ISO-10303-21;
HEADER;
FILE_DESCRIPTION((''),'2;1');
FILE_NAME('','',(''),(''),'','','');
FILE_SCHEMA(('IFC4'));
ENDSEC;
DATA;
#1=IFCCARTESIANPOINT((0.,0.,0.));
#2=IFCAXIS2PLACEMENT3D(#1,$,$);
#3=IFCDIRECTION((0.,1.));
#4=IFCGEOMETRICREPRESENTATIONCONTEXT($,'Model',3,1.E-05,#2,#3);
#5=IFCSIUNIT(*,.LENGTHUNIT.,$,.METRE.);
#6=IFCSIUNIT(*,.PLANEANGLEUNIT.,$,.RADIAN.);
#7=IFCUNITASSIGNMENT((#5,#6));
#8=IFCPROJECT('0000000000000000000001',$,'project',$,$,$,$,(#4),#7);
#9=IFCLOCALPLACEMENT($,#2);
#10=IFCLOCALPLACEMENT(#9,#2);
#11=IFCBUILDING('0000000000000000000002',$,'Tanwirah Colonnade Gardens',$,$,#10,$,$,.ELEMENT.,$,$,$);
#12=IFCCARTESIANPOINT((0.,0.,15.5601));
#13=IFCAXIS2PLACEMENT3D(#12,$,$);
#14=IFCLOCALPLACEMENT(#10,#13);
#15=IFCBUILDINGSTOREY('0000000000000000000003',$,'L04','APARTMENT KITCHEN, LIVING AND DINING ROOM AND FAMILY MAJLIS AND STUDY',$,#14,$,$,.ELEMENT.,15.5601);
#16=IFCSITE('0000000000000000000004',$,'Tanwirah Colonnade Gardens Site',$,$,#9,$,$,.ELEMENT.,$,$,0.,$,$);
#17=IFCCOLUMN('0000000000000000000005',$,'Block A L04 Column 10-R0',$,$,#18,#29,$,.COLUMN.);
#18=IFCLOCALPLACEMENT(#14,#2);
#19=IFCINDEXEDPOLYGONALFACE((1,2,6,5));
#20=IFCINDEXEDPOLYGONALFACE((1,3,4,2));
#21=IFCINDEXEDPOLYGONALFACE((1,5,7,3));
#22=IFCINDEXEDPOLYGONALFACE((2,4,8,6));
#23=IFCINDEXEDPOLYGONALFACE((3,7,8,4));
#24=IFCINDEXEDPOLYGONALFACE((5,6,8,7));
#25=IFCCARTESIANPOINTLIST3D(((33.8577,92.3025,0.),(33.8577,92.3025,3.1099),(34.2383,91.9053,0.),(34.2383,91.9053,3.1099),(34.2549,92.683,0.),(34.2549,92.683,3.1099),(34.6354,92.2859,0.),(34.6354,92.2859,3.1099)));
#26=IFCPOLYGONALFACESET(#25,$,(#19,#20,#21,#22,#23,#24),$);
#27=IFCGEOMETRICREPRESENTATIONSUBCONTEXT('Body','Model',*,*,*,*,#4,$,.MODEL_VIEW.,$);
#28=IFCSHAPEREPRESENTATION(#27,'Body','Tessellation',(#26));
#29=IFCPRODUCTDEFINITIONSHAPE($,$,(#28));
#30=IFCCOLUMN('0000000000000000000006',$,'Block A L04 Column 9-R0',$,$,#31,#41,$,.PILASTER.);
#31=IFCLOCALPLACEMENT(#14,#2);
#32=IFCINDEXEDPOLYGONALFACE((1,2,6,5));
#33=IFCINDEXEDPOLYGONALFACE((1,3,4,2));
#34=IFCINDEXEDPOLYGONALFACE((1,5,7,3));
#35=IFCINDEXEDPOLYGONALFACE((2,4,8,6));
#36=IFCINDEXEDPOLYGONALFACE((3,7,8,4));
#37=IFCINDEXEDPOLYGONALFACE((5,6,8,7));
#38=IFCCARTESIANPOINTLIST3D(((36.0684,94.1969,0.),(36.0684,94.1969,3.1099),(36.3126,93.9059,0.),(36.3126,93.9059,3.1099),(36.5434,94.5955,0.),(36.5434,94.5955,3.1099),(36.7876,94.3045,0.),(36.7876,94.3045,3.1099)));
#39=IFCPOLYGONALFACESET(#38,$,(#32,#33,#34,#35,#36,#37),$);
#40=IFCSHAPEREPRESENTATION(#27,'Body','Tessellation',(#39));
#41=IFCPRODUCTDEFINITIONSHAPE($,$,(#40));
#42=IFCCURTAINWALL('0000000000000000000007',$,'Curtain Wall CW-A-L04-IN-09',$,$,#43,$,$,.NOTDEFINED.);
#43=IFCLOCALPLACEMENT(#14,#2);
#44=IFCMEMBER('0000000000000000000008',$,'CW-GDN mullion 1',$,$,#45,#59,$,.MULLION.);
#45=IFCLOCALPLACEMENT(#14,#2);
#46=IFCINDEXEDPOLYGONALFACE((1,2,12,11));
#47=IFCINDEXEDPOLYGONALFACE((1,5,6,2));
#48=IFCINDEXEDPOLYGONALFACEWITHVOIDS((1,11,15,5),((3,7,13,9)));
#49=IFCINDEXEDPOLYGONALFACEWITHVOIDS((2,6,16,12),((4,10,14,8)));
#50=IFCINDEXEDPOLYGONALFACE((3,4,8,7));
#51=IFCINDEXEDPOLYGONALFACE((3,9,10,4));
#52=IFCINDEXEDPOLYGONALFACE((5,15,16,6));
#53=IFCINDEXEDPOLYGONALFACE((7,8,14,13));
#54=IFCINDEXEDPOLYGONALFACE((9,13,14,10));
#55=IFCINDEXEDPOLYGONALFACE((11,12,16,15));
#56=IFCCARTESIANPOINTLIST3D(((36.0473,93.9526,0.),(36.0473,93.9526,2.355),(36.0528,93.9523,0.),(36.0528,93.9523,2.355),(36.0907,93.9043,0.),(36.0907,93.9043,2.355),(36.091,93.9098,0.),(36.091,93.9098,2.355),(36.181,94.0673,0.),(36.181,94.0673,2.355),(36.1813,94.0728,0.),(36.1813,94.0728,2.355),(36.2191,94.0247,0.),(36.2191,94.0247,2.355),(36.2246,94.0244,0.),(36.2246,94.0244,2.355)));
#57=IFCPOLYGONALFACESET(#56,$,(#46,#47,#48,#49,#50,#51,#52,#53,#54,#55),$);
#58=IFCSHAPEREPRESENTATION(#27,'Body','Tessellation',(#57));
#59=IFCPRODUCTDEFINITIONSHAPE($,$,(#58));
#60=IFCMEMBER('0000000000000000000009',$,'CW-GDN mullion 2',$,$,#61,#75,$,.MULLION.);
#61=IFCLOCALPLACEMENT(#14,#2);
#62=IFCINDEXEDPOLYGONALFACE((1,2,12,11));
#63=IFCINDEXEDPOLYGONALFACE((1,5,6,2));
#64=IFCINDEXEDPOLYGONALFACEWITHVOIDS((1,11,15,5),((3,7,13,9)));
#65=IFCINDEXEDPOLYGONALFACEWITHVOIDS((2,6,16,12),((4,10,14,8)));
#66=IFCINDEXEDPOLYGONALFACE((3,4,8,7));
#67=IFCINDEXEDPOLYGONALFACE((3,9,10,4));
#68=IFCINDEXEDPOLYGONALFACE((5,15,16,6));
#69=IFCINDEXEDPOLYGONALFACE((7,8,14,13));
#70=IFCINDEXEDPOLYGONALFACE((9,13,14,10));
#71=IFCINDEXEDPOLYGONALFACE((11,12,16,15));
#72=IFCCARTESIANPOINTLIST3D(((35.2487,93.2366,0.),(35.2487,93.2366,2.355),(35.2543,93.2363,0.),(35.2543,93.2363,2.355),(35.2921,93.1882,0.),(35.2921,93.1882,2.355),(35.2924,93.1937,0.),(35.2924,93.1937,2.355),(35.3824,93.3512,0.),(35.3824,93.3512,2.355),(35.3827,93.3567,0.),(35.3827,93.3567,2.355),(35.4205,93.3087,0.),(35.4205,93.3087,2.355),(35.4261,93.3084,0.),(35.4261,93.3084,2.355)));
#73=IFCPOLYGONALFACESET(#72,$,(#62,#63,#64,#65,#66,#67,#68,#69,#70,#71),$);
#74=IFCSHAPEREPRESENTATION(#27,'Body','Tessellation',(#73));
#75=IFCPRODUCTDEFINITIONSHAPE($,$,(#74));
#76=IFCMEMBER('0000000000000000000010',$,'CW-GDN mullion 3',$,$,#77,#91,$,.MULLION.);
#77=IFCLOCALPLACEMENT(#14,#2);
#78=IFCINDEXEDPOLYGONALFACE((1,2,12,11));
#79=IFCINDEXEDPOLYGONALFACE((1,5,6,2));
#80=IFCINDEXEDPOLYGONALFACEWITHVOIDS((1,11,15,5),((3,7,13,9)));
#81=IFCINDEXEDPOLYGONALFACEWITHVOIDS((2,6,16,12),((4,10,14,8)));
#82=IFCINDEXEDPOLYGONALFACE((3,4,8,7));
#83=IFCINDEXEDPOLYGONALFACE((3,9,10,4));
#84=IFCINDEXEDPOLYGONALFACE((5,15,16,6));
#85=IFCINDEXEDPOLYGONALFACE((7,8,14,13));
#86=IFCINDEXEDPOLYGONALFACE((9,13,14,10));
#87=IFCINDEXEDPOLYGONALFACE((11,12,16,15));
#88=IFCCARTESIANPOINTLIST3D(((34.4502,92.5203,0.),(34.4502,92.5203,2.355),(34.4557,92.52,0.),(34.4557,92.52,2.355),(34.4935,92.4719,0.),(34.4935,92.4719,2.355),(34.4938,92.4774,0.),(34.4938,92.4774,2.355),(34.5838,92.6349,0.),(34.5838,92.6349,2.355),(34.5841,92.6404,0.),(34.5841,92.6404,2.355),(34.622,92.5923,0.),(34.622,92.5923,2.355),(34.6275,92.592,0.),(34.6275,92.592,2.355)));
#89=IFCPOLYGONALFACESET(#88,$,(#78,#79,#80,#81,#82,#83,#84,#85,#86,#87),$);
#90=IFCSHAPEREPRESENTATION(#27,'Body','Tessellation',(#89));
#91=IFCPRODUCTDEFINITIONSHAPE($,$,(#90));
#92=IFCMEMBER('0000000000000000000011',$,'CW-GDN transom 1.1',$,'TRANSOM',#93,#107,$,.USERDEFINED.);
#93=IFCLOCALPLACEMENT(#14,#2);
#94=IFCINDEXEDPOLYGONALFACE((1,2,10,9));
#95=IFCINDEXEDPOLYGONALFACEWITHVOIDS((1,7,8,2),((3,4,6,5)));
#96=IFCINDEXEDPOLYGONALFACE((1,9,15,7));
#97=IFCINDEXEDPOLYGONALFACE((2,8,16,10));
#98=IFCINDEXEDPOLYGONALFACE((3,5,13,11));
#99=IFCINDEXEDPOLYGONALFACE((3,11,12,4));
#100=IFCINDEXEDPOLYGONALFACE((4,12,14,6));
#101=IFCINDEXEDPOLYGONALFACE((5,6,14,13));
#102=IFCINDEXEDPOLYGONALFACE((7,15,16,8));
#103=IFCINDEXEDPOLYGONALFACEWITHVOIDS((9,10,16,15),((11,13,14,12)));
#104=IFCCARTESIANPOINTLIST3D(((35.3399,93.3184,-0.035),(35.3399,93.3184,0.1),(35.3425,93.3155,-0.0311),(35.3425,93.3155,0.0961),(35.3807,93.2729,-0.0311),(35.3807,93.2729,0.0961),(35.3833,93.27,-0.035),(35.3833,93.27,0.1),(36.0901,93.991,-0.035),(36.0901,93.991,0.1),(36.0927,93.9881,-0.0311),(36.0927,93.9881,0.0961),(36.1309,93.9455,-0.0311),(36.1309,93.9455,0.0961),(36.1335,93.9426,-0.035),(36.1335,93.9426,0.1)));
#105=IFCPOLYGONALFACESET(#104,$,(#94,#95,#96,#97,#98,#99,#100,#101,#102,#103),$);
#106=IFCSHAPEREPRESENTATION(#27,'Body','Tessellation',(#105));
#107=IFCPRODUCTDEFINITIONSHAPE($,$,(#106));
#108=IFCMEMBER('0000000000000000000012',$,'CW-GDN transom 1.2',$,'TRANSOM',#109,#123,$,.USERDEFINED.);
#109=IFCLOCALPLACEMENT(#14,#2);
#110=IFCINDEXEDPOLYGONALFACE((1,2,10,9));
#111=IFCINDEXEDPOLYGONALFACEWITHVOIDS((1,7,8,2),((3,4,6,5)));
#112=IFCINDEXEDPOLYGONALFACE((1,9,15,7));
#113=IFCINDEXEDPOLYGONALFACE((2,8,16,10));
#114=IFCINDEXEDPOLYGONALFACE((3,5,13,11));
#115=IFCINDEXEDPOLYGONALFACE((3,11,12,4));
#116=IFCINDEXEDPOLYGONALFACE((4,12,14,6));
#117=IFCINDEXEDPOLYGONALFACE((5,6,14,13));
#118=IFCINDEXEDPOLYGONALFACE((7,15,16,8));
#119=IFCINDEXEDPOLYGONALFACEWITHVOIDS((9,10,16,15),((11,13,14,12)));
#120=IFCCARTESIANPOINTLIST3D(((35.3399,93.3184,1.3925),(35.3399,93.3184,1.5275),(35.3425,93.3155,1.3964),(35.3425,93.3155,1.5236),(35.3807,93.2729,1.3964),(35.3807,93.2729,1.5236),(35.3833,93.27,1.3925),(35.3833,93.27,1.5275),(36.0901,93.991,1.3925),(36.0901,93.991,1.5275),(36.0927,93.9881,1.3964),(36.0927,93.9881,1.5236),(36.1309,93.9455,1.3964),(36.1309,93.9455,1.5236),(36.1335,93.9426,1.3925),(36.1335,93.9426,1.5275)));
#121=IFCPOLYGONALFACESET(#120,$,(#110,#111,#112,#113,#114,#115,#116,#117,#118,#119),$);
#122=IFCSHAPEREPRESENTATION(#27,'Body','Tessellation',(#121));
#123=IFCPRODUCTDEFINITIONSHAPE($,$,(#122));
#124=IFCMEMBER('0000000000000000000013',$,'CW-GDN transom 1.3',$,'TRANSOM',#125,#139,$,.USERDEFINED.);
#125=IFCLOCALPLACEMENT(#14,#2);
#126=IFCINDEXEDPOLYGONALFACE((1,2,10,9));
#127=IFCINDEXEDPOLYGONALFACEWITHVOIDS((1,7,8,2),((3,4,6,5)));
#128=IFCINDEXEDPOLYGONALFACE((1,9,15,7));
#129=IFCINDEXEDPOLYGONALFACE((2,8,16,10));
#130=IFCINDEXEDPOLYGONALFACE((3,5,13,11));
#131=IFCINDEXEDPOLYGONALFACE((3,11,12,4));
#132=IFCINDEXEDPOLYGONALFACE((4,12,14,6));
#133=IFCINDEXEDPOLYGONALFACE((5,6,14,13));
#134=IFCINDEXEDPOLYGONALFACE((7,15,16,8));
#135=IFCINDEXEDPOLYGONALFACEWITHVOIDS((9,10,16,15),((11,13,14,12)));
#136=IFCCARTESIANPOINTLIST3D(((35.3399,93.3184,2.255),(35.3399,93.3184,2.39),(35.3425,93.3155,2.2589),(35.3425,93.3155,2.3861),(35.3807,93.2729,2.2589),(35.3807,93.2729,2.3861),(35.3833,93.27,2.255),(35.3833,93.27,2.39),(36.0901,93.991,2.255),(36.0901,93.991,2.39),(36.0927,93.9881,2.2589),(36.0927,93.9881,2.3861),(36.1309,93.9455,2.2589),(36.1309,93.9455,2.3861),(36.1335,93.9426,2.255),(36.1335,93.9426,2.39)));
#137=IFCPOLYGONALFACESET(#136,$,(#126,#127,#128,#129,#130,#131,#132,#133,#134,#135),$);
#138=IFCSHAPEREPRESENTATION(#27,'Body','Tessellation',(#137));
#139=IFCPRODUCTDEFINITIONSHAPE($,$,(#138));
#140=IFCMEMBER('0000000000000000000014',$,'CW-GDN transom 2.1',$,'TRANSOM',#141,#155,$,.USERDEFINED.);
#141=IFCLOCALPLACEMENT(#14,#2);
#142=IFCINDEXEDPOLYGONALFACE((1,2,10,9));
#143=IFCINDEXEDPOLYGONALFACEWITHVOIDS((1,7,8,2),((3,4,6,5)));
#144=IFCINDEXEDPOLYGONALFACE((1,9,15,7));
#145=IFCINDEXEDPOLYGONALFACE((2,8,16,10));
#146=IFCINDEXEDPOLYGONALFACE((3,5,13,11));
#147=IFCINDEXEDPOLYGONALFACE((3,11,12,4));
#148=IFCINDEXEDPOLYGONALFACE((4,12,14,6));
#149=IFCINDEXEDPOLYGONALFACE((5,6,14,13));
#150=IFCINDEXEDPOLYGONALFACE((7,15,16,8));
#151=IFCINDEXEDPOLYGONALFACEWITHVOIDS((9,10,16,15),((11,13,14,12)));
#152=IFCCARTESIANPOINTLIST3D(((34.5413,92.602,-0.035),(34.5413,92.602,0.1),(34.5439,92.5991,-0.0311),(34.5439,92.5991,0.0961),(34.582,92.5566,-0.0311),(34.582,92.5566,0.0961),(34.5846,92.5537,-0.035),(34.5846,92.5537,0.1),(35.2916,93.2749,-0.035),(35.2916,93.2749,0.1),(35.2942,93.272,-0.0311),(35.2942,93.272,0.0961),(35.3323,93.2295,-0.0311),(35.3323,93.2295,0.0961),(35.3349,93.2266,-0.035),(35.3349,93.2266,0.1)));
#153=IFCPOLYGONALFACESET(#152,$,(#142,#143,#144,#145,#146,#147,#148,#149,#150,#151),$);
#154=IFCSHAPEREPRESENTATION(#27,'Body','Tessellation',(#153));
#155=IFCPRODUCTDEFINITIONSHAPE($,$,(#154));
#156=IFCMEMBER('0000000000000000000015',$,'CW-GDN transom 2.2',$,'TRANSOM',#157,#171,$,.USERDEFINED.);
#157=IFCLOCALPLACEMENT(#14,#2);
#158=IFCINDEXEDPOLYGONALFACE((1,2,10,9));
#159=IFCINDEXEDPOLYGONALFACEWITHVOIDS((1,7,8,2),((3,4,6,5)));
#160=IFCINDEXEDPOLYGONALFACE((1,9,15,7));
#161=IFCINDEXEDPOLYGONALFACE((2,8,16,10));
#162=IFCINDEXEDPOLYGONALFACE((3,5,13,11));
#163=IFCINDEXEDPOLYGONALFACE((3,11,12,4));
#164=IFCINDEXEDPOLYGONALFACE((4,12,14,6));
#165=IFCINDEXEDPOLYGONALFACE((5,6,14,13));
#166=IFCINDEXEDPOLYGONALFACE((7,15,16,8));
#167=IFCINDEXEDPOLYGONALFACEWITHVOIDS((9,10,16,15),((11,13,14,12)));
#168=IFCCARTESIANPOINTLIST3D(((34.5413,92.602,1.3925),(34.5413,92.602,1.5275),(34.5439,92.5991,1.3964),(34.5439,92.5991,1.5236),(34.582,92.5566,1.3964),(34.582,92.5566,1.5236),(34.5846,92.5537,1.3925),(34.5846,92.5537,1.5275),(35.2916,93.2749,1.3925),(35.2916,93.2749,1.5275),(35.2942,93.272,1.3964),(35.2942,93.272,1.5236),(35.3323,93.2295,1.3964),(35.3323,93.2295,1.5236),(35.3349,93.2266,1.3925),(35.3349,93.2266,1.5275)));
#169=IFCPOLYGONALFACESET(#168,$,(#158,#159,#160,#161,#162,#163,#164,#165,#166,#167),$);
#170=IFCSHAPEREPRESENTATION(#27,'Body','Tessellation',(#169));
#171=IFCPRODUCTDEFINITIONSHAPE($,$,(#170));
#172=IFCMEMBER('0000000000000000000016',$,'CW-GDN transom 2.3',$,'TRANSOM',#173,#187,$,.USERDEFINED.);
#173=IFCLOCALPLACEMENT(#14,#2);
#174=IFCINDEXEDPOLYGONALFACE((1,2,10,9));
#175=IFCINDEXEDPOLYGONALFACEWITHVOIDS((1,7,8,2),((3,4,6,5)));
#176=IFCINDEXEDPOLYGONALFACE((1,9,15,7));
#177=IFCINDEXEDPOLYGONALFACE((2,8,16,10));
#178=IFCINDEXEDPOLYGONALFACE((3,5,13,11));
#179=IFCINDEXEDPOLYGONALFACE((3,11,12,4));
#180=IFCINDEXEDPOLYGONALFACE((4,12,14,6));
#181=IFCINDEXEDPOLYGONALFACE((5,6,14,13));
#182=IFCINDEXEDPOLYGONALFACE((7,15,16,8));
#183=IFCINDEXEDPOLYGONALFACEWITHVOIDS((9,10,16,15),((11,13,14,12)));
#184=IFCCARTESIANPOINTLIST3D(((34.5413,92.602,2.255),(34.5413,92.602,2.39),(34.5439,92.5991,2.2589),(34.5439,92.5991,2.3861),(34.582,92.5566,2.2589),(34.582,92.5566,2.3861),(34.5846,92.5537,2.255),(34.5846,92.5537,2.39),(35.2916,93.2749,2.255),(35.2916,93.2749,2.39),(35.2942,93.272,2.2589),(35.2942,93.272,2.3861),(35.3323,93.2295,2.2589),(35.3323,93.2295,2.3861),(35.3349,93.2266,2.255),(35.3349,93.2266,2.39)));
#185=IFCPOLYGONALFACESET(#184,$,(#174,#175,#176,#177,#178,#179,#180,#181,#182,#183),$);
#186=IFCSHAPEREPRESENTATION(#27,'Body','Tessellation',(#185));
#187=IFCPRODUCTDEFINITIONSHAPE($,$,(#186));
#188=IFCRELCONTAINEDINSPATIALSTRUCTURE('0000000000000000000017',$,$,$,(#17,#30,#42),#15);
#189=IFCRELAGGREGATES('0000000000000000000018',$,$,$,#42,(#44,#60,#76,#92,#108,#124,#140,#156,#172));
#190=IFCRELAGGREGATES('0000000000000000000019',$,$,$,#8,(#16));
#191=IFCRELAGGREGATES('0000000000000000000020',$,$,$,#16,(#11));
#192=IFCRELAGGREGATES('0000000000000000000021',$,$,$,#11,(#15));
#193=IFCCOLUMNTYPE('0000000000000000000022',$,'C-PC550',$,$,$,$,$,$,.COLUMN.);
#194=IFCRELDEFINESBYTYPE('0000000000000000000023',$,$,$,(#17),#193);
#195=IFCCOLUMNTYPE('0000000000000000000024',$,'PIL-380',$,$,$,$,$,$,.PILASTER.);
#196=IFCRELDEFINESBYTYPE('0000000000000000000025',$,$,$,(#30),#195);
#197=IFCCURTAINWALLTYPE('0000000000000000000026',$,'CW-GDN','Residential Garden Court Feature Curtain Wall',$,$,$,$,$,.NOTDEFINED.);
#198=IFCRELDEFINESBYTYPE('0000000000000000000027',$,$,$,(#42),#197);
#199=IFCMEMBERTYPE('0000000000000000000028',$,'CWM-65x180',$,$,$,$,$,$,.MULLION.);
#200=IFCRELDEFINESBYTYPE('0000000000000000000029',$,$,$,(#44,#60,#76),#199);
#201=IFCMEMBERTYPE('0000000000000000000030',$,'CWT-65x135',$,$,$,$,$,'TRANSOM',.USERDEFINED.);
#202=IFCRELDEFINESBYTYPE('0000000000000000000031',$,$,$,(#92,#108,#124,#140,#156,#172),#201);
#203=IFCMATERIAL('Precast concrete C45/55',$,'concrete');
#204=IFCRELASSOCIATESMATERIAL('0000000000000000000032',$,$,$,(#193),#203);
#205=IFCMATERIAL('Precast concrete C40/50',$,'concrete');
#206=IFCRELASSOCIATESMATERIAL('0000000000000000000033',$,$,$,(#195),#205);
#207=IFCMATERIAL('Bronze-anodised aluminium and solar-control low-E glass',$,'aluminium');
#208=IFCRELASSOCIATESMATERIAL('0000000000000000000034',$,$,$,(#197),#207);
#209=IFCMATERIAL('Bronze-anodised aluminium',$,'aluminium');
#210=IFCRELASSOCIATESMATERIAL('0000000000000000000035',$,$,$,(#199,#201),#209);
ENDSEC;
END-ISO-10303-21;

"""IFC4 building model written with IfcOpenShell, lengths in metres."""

from ifc_helpers import new_model, si_unit, direction, frame, origin, origin_2d, place, context, subcontext, project, spatial, rectangle, hollow_rectangle, extrude, material, material_profile, profile_set, type_object, element, aggregate, save


model = new_model("IFC4")

# Units and contexts
model_context = context("Model", 3, precision=1e-05, world=origin(), true_north=direction((0.0, 1.0)))
body_context = subcontext(model_context, "Body", "Model", "MODEL_VIEW")
ifc_project = project(units=[si_unit("LENGTHUNIT", "METRE"), si_unit("PLANEANGLEUNIT", "RADIAN")], contexts=[model_context])

# Site, building, storey
site_placement = place(None, origin())
site = spatial("IfcSite", under=ifc_project, at=site_placement, Name="Tanwirah Colonnade Gardens Site", CompositionType="ELEMENT", RefElevation=0.0)
building_placement = place(site_placement, origin())
building = spatial("IfcBuilding", under=site, at=building_placement, Name="Tanwirah Colonnade Gardens", CompositionType="ELEMENT")
storey_placement = place(building_placement, frame((0.0, 0.0, 15.5601)))
storey = spatial("IfcBuildingStorey", under=building, at=storey_placement, Name="L04", Description="APARTMENT KITCHEN, LIVING AND DINING ROOM AND FAMILY MAJLIS AND STUDY", CompositionType="ELEMENT", Elevation=15.5601)

# Columns
ifc_material_1 = material(Name="Precast concrete C45/55", Category="concrete")
ifc_material_profile_1 = material_profile(ifc_material_1, rectangle(XDim=0.55, YDim=0.55, at=origin_2d()), Name="PC-COL 550x550")
ifc_profile_set_1 = profile_set([ifc_material_profile_1], Name="Precast concrete C45/55")
column_type_1 = type_object("IfcColumnType", Name="C-PC550", PredefinedType="COLUMN", material=ifc_profile_set_1)
column_1_placement = place(storey_placement, frame((34.2466, 92.2942, 0.0), z_axis=(0.0, 0.0, 1.0), x_axis=(-0.691863, 0.722029, 0.0)))
element("IfcColumn", 1, at=column_1_placement, inside=storey, type_object=column_type_1, Name="Block A L04 Column 10-R0", PredefinedType="COLUMN", context=body_context, shape_type="SweptSolid", body=[
    extrude(rectangle(XDim=0.55, YDim=0.55, at=origin_2d()), origin(), (0.0, 0.0, 1.0), 3.1099),
])
ifc_material_2 = material(Name="Precast concrete C40/50", Category="concrete")
ifc_material_profile_2 = material_profile(ifc_material_2, rectangle(XDim=0.3799, YDim=0.6201, at=origin_2d()), Name="PC-PIL 380x620")
ifc_profile_set_2 = profile_set([ifc_material_profile_2], Name="Precast concrete C40/50")
column_type_2 = type_object("IfcColumnType", Name="PIL-380", PredefinedType="PILASTER", material=ifc_profile_set_2)
column_2_placement = place(storey_placement, frame((36.428, 94.2507, 0.0), z_axis=(0.0, 0.0, 1.0), x_axis=(-0.642788, 0.766044, 0.0)))
element("IfcColumn", 2, at=column_2_placement, inside=storey, type_object=column_type_2, Name="Block A L04 Column 9-R0", PredefinedType="PILASTER", context=body_context, shape_type="SweptSolid", body=[
    extrude(rectangle(XDim=0.3799, YDim=0.6201, at=origin_2d()), origin(), (0.0, 0.0, 1.0), 3.1099),
])

# Curtain wall, members
ifc_material_3 = material(Name="Bronze-anodised aluminium and solar-control low-E glass", Category="aluminium")
curtain_wall_type = type_object("IfcCurtainWallType", Name="CW-GDN", Description="Residential Garden Court Feature Curtain Wall", PredefinedType="NOTDEFINED", material=ifc_material_3)
curtain_wall_placement = place(storey_placement, origin())
curtain_wall = element("IfcCurtainWall", 3, at=curtain_wall_placement, inside=storey, type_object=curtain_wall_type, Name="Curtain Wall CW-A-L04-IN-09", PredefinedType="NOTDEFINED")
ifc_material_4 = material(Name="Bronze-anodised aluminium", Category="aluminium")
ifc_material_profile_3 = material_profile(ifc_material_4, hollow_rectangle(XDim=0.0649, YDim=0.1799, WallThickness=0.0039, at=origin_2d()), Name="CW-MUL 65x180x4")
ifc_profile_set_3 = profile_set([ifc_material_profile_3], Name="Bronze-anodised aluminium")
member_type_1 = type_object("IfcMemberType", Name="CWM-65x180", PredefinedType="MULLION", material=ifc_profile_set_3)
member_1_placement = place(storey_placement, frame((36.136, 93.9885, 0.0), z_axis=(0.0, 0.0, 1.0), x_axis=(0.667689, -0.74444, 0.0)))
member_1 = element("IfcMember", 4, at=member_1_placement, type_object=member_type_1, Name="CW-GDN mullion 1", PredefinedType="MULLION", context=body_context, shape_type="SweptSolid", body=[
    extrude(hollow_rectangle(XDim=0.0649, YDim=0.1799, WallThickness=0.0039, at=origin_2d()), origin(), (0.0, 0.0, 1.0), 2.355),
])
member_2_placement = place(storey_placement, frame((35.3374, 93.2725, 0.0), z_axis=(0.0, 0.0, 1.0), x_axis=(0.667689, -0.74444, 0.0)))
member_2 = element("IfcMember", 5, at=member_2_placement, type_object=member_type_1, Name="CW-GDN mullion 2", PredefinedType="MULLION", context=body_context, shape_type="SweptSolid", body=[
    extrude(hollow_rectangle(XDim=0.0649, YDim=0.1799, WallThickness=0.0039, at=origin_2d()), origin(), (0.0, 0.0, 1.0), 2.355),
])
member_3_placement = place(storey_placement, frame((34.5388, 92.5562, 0.0), z_axis=(0.0, 0.0, 1.0), x_axis=(0.667689, -0.74444, 0.0)))
member_3 = element("IfcMember", 6, at=member_3_placement, type_object=member_type_1, Name="CW-GDN mullion 3", PredefinedType="MULLION", context=body_context, shape_type="SweptSolid", body=[
    extrude(hollow_rectangle(XDim=0.0649, YDim=0.1799, WallThickness=0.0039, at=origin_2d()), origin(), (0.0, 0.0, 1.0), 2.355),
])
ifc_material_profile_4 = material_profile(ifc_material_4, hollow_rectangle(XDim=0.0649, YDim=0.135, WallThickness=0.0039, at=origin_2d()), Name="CW-TRN 65x135x4")
ifc_profile_set_4 = profile_set([ifc_material_profile_4], Name="Bronze-anodised aluminium")
member_type_2 = type_object("IfcMemberType", Name="CWT-65x135", ElementType="TRANSOM", PredefinedType="USERDEFINED", material=ifc_profile_set_4)
member_4_placement = place(storey_placement, frame((36.1118, 93.9668, 0.0325), z_axis=(-0.744582, -0.667531, 0.0), x_axis=(0.667531, -0.744582, 0.0)))
member_4 = element("IfcMember", 7, at=member_4_placement, type_object=member_type_2, Name="CW-GDN transom 1.1", ObjectType="TRANSOM", PredefinedType="USERDEFINED", context=body_context, shape_type="SweptSolid", body=[
    extrude(hollow_rectangle(XDim=0.0649, YDim=0.135, WallThickness=0.0039, at=origin_2d()), origin(), (0.0, 0.0, 1.0), 1.0076),
])
member_5_placement = place(storey_placement, frame((36.1118, 93.9668, 1.46), z_axis=(-0.744582, -0.667531, 0.0), x_axis=(0.667531, -0.744582, 0.0)))
member_5 = element("IfcMember", 8, at=member_5_placement, type_object=member_type_2, Name="CW-GDN transom 1.2", ObjectType="TRANSOM", PredefinedType="USERDEFINED", context=body_context, shape_type="SweptSolid", body=[
    extrude(hollow_rectangle(XDim=0.0649, YDim=0.135, WallThickness=0.0039, at=origin_2d()), origin(), (0.0, 0.0, 1.0), 1.0076),
])
member_6_placement = place(storey_placement, frame((36.1118, 93.9668, 2.3225), z_axis=(-0.744582, -0.667531, 0.0), x_axis=(0.667531, -0.744582, 0.0)))
member_6 = element("IfcMember", 9, at=member_6_placement, type_object=member_type_2, Name="CW-GDN transom 1.3", ObjectType="TRANSOM", PredefinedType="USERDEFINED", context=body_context, shape_type="SweptSolid", body=[
    extrude(hollow_rectangle(XDim=0.0649, YDim=0.135, WallThickness=0.0039, at=origin_2d()), origin(), (0.0, 0.0, 1.0), 1.0076),
])
member_7_placement = place(storey_placement, frame((35.3132, 93.2507, 0.0325), z_axis=(-0.744461, -0.667665, 0.0), x_axis=(0.667665, -0.744461, 0.0)))
member_7 = element("IfcMember", 10, at=member_7_placement, type_object=member_type_2, Name="CW-GDN transom 2.1", ObjectType="TRANSOM", PredefinedType="USERDEFINED", context=body_context, shape_type="SweptSolid", body=[
    extrude(hollow_rectangle(XDim=0.0649, YDim=0.135, WallThickness=0.0039, at=origin_2d()), origin(), (0.0, 0.0, 1.0), 1.0078),
])
member_8_placement = place(storey_placement, frame((35.3132, 93.2507, 1.46), z_axis=(-0.744461, -0.667665, 0.0), x_axis=(0.667665, -0.744461, 0.0)))
member_8 = element("IfcMember", 11, at=member_8_placement, type_object=member_type_2, Name="CW-GDN transom 2.2", ObjectType="TRANSOM", PredefinedType="USERDEFINED", context=body_context, shape_type="SweptSolid", body=[
    extrude(hollow_rectangle(XDim=0.0649, YDim=0.135, WallThickness=0.0039, at=origin_2d()), origin(), (0.0, 0.0, 1.0), 1.0078),
])
member_9_placement = place(storey_placement, frame((35.3132, 93.2507, 2.3225), z_axis=(-0.744461, -0.667665, 0.0), x_axis=(0.667665, -0.744461, 0.0)))
member_9 = element("IfcMember", 12, at=member_9_placement, type_object=member_type_2, Name="CW-GDN transom 2.3", ObjectType="TRANSOM", PredefinedType="USERDEFINED", context=body_context, shape_type="SweptSolid", body=[
    extrude(hollow_rectangle(XDim=0.0649, YDim=0.135, WallThickness=0.0039, at=origin_2d()), origin(), (0.0, 0.0, 1.0), 1.0078),
])

aggregate(curtain_wall, [member_1, member_2, member_3, member_4, member_5, member_6, member_7, member_8, member_9])

save(model, "model.ifc")
